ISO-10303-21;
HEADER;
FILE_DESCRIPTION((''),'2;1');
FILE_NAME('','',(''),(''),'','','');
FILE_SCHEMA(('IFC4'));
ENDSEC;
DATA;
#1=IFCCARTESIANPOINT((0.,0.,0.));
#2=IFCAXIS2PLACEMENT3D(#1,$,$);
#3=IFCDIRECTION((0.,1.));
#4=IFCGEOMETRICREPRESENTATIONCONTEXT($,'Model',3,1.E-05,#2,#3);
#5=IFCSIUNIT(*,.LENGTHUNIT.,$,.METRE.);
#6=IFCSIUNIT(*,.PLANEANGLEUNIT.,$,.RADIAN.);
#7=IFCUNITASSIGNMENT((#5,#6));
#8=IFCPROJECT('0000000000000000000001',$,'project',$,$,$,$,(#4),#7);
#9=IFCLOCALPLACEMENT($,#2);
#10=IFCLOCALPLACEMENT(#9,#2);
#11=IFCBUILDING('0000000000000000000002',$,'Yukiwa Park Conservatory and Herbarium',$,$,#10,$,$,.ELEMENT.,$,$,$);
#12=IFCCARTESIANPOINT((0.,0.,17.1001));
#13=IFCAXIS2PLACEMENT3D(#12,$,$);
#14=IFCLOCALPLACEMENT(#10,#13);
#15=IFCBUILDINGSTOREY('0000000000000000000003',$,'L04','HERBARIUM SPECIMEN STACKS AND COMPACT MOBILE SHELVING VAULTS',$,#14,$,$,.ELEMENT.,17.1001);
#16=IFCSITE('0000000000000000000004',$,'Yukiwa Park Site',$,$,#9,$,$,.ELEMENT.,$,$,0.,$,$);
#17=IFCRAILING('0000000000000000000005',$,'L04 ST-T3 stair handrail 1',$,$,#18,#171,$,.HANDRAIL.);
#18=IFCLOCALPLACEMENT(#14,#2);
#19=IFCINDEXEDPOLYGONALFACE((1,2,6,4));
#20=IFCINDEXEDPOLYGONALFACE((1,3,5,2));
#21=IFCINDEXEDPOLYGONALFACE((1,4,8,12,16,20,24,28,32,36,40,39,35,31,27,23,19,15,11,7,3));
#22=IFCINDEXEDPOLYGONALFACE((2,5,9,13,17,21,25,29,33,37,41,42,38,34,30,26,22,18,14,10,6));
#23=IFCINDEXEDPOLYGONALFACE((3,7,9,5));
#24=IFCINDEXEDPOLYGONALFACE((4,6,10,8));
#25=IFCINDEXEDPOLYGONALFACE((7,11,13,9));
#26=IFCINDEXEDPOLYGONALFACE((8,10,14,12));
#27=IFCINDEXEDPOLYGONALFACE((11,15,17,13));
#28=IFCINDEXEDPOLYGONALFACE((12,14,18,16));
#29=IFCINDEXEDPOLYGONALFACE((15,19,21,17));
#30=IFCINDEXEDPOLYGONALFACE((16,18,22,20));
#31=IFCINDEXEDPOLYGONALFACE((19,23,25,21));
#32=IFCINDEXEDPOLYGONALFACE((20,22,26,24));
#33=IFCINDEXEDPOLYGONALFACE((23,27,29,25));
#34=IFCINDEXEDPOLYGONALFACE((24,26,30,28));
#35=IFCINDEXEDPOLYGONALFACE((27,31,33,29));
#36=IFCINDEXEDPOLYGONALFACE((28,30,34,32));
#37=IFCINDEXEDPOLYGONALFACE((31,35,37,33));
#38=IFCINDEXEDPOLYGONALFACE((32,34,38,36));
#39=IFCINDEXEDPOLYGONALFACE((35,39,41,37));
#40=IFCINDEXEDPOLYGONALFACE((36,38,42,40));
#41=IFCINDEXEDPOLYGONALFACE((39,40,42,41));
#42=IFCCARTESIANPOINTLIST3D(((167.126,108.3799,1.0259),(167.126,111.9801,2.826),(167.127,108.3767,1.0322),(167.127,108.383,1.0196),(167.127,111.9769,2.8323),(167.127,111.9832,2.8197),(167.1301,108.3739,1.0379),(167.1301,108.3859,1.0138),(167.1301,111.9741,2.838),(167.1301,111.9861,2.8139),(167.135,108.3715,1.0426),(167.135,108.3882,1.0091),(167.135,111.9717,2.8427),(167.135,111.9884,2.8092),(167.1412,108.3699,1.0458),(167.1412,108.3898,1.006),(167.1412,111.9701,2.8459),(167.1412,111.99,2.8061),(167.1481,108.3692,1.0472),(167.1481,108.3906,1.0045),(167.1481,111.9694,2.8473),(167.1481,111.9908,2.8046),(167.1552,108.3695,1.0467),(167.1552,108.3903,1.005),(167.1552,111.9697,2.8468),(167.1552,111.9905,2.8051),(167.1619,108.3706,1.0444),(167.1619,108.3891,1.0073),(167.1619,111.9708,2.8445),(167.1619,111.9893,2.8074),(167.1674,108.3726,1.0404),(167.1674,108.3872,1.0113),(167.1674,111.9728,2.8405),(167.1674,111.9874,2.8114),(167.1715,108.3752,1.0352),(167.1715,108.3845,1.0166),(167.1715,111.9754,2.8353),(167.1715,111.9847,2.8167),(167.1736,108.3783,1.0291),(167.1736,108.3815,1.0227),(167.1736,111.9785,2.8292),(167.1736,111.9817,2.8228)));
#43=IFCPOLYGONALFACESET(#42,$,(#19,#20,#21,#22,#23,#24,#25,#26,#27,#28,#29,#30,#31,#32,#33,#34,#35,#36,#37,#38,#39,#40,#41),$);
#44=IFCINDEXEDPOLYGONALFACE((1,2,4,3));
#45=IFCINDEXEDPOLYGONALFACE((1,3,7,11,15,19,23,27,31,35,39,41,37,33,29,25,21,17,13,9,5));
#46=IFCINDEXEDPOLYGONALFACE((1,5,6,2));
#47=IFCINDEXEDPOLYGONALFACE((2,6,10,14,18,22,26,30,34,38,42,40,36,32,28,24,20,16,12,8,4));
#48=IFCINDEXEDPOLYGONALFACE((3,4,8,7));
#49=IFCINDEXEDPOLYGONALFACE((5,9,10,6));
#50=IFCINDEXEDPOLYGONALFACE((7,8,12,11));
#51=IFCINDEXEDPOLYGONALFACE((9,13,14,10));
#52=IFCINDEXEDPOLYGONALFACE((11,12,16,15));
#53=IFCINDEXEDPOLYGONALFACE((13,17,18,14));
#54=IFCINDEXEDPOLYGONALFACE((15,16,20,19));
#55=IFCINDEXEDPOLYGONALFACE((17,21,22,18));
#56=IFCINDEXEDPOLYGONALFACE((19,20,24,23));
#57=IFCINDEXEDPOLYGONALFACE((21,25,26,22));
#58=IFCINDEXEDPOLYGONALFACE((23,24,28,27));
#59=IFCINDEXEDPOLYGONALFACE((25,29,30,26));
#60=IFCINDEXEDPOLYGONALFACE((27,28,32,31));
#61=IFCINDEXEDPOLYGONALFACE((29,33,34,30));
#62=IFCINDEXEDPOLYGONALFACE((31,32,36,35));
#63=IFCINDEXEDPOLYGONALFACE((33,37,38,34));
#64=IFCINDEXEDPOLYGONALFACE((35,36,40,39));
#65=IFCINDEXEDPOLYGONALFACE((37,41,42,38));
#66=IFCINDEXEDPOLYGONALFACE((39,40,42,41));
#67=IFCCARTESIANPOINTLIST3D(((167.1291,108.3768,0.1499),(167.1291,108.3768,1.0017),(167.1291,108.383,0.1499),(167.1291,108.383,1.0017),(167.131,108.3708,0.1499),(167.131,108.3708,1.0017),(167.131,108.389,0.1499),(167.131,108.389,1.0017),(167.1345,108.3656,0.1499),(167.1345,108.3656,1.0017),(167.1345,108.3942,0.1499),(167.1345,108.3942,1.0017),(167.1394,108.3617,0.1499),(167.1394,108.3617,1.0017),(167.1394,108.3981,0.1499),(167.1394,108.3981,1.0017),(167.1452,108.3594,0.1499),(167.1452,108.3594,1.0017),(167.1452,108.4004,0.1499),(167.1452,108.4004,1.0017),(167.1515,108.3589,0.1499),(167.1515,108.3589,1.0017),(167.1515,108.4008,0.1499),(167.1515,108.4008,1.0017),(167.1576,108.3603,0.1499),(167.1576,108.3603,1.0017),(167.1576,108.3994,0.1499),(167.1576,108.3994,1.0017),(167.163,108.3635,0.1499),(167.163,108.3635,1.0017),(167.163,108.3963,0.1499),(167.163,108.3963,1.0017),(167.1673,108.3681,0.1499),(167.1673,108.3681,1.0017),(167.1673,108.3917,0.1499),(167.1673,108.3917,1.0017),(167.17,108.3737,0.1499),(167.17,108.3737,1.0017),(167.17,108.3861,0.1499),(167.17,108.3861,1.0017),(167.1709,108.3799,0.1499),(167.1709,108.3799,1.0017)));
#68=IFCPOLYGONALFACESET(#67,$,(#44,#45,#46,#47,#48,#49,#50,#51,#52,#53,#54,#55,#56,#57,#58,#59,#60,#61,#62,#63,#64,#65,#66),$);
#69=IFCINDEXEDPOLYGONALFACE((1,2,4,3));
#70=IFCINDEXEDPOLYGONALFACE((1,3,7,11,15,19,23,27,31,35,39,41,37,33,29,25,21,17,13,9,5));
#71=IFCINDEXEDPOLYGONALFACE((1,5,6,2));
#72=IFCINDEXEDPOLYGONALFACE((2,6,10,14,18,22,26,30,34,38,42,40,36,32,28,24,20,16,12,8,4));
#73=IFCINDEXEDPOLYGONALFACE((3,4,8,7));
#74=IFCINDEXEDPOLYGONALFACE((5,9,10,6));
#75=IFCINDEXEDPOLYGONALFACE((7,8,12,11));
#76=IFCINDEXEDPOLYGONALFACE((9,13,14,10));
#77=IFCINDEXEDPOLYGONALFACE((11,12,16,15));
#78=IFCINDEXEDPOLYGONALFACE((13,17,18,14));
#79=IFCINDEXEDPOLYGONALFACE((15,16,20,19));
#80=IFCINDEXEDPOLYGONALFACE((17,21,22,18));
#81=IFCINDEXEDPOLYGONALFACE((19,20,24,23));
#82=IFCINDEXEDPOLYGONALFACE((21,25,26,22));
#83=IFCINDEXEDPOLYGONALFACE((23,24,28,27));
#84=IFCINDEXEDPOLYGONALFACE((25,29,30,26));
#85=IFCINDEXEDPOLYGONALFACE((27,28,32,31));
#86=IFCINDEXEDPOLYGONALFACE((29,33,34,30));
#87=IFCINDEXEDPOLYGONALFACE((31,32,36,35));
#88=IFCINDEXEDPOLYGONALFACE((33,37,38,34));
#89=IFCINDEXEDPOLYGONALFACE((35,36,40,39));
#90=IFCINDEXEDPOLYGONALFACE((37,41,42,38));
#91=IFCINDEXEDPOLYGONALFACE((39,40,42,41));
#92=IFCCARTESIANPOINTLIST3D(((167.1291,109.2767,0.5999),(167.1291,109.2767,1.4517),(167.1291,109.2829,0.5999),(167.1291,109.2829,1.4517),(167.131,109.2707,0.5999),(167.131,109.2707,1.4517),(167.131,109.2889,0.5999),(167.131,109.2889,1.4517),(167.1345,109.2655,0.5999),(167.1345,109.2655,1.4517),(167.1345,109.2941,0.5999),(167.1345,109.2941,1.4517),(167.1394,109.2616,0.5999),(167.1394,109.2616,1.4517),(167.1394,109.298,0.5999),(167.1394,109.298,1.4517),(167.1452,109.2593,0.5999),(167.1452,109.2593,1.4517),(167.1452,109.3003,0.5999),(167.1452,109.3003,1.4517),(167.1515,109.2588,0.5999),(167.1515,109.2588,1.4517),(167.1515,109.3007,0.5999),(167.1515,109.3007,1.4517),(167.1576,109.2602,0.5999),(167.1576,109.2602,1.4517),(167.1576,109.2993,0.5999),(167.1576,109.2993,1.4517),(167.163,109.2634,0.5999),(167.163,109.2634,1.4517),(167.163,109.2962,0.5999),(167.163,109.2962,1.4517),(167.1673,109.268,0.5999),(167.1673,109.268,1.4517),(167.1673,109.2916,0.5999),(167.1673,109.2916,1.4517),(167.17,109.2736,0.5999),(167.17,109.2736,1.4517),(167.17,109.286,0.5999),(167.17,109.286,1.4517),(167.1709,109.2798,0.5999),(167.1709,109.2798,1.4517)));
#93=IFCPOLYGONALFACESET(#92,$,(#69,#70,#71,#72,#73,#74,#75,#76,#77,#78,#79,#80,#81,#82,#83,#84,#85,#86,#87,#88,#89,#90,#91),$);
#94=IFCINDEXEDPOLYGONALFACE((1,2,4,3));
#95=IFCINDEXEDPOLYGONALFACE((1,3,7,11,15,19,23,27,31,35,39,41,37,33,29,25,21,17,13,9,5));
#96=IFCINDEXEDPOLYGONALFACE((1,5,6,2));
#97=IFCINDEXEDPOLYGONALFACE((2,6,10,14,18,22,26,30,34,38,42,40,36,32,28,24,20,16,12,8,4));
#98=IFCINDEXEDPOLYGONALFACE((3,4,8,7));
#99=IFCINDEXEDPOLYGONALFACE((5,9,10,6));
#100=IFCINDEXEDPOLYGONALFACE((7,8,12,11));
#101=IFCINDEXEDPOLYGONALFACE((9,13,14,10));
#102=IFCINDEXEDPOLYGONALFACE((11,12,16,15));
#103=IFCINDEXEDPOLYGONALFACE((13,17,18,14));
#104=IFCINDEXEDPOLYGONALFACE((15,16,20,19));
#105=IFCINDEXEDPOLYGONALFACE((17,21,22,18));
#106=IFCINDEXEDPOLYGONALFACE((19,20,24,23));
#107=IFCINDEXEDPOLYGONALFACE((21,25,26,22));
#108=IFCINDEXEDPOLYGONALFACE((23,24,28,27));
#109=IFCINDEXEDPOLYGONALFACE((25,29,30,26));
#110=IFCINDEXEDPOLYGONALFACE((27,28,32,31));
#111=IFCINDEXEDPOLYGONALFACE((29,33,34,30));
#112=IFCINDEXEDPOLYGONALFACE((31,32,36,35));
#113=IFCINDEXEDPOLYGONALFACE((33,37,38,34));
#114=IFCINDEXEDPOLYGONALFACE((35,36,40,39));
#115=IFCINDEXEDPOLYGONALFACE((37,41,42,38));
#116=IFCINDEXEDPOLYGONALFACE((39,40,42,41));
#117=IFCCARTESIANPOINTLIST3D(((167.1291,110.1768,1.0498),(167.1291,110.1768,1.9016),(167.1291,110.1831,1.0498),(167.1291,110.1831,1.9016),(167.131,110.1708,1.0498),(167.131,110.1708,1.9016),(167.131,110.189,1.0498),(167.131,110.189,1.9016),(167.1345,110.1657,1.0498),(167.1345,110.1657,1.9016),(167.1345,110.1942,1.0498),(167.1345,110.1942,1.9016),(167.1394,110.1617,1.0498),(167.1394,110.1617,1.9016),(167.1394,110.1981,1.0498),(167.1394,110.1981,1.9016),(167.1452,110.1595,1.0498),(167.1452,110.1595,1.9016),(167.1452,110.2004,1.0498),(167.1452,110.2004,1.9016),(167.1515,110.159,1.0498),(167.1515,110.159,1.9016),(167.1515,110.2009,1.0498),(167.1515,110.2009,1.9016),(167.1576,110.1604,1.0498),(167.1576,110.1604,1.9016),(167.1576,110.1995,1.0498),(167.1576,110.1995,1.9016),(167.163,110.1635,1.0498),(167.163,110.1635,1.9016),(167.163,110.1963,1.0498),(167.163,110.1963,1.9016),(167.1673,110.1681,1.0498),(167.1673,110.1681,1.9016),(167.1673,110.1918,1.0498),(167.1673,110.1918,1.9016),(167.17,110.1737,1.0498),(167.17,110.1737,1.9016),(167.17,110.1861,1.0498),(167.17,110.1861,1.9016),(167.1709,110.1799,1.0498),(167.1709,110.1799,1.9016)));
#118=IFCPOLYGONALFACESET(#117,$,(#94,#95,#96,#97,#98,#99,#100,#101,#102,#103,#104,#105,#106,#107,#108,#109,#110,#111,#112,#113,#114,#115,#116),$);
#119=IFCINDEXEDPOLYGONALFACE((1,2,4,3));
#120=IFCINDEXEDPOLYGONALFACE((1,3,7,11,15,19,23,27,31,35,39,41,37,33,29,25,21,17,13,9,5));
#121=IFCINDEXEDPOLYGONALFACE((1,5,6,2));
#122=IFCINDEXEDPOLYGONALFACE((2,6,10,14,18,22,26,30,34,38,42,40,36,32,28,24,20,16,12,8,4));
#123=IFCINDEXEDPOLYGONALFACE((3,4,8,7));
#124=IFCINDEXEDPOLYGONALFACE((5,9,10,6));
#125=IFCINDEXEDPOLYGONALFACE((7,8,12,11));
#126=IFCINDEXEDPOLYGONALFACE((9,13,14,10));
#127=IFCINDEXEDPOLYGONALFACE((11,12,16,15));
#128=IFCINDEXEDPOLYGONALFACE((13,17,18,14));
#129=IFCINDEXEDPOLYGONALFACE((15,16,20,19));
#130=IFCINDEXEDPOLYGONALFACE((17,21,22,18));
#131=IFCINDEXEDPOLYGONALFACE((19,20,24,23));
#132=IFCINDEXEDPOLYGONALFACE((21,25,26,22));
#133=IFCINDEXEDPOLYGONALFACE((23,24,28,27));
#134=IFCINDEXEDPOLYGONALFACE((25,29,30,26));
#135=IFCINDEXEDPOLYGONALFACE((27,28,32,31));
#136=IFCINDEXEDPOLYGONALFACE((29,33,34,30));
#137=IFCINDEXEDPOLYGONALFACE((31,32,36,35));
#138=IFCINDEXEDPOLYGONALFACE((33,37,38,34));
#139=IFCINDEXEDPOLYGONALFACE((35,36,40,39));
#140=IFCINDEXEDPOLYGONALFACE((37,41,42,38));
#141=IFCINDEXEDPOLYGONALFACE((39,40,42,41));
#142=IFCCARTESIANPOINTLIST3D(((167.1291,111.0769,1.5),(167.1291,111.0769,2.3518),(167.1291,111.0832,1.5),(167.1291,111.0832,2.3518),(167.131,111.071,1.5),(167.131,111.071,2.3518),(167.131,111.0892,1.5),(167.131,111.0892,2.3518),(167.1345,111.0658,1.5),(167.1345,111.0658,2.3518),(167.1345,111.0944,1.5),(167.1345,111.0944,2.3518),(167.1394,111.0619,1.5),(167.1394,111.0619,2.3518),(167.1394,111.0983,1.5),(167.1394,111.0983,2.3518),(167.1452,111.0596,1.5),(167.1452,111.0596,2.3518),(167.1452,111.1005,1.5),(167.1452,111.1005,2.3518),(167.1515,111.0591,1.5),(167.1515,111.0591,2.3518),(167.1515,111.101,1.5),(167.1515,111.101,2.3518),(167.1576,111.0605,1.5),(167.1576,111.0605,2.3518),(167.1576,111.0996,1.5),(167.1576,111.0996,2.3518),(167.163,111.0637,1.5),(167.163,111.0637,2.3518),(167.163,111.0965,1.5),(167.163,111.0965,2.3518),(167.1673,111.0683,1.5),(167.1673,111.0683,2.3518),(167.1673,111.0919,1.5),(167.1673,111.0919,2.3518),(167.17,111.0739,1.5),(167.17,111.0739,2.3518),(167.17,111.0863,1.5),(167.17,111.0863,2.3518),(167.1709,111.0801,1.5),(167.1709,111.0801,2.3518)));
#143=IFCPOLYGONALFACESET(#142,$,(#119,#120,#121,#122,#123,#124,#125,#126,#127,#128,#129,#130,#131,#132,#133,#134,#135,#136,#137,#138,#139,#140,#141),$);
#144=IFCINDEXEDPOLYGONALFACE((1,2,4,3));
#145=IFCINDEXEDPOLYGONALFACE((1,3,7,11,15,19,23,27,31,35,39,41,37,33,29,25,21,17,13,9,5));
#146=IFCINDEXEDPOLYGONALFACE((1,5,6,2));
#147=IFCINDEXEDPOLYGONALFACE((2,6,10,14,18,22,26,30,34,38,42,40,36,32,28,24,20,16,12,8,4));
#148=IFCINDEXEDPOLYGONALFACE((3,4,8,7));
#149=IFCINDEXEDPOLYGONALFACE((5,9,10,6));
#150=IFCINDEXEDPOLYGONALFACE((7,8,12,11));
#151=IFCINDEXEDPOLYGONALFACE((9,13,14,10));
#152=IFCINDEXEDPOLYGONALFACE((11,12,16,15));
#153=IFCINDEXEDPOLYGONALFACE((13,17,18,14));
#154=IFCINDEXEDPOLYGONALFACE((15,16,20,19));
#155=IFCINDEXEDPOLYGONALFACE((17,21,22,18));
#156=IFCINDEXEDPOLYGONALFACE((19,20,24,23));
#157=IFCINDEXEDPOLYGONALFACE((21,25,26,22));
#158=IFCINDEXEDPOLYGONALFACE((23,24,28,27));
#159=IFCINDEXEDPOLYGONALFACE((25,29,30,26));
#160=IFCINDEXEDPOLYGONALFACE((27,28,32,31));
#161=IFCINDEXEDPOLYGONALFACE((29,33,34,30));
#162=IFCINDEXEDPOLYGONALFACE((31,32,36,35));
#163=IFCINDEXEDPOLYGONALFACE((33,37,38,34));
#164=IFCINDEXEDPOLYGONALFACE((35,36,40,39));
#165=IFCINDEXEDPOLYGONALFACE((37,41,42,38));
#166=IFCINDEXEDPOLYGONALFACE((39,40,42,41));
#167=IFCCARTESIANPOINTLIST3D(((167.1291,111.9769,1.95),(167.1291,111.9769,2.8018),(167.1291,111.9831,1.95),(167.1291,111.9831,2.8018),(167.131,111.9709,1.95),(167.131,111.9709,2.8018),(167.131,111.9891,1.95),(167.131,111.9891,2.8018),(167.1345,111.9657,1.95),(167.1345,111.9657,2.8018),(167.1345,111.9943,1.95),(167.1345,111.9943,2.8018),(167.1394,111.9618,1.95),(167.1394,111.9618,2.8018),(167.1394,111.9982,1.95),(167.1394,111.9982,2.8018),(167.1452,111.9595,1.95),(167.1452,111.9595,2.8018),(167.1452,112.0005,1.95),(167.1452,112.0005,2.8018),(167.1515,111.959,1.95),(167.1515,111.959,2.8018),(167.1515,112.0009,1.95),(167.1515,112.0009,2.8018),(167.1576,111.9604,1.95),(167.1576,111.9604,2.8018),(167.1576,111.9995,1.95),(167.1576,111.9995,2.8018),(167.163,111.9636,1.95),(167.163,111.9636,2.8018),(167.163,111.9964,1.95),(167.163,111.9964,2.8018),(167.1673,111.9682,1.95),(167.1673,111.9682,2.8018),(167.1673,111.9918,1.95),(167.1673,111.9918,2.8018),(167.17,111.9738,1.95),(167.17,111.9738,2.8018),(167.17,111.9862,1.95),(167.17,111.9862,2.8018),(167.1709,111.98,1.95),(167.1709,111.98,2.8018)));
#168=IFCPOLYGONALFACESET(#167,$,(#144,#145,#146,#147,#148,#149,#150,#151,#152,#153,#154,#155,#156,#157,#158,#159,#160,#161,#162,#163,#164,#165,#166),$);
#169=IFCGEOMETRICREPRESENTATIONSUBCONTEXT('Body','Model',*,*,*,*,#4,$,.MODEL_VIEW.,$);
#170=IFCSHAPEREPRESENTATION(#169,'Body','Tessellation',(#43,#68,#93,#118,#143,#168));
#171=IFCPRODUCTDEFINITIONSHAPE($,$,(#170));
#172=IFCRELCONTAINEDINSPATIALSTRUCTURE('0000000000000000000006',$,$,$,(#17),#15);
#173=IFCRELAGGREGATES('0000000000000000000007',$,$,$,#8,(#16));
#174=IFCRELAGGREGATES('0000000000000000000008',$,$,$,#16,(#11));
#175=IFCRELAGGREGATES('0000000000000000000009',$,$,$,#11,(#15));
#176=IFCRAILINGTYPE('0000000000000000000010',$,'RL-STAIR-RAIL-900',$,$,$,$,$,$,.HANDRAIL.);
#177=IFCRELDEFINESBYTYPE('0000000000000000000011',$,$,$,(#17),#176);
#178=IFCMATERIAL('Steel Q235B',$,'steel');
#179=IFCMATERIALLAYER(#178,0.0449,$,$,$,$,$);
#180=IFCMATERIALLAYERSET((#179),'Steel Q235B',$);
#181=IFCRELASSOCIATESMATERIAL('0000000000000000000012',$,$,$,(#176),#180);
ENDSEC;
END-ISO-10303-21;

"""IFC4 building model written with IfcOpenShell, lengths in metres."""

from ifc_helpers import new_model, si_unit, direction, frame, origin, origin_2d, place, context, subcontext, project, spatial, circle, extrude, material, layer, layer_set, type_object, element, save


model = new_model("IFC4")

# Units and contexts
model_context = context("Model", 3, precision=1e-05, world=origin(), true_north=direction((0.0, 1.0)))
body_context = subcontext(model_context, "Body", "Model", "MODEL_VIEW")
ifc_project = project(units=[si_unit("LENGTHUNIT", "METRE"), si_unit("PLANEANGLEUNIT", "RADIAN")], contexts=[model_context])

# Site, building, storey
site_placement = place(None, origin())
site = spatial("IfcSite", under=ifc_project, at=site_placement, Name="Yukiwa Park Site", CompositionType="ELEMENT", RefElevation=0.0)
building_placement = place(site_placement, origin())
building = spatial("IfcBuilding", under=site, at=building_placement, Name="Yukiwa Park Conservatory and Herbarium", CompositionType="ELEMENT")
storey_placement = place(building_placement, frame((0.0, 0.0, 17.1001)))
storey = spatial("IfcBuildingStorey", under=building, at=storey_placement, Name="L04", Description="HERBARIUM SPECIMEN STACKS AND COMPACT MOBILE SHELVING VAULTS", CompositionType="ELEMENT", Elevation=17.1001)

# Railing
ifc_material_1 = material(Name="Steel Q235B", Category="steel")
ifc_layer_1 = layer(ifc_material_1, 0.0449)
ifc_layer_set_1 = layer_set([ifc_layer_1], Name="Steel Q235B")
railing_type_1 = type_object("IfcRailingType", Name="RL-STAIR-RAIL-900", PredefinedType="HANDRAIL", material=ifc_layer_set_1)
railing_1_placement = place(storey_placement, frame((167.1499, 108.3799, 0.1499)))
element("IfcRailing", 1, at=railing_1_placement, inside=storey, type_object=railing_type_1, Name="L04 ST-T3 stair handrail 1", PredefinedType="HANDRAIL", context=body_context, shape_type="SweptSolid", body=[
    extrude(circle(Radius=0.0239, at=origin_2d()), frame((0.0, 0.0, 0.876), z_axis=(0.0, 0.894427, 0.447214), x_axis=(-1.0, 0.0, 0.0)), (0.0, 0.0, 1.0), 4.0251),
    extrude(circle(Radius=0.021, at=origin_2d()), origin(), (0.0, 0.0, 1.0), 0.8518),
    extrude(circle(Radius=0.021, at=origin_2d()), frame((0.0, 0.8999, 0.45)), (0.0, 0.0, 1.0), 0.8518),
    extrude(circle(Radius=0.021, at=origin_2d()), frame((0.0, 1.8, 0.8999)), (0.0, 0.0, 1.0), 0.8518),
    extrude(circle(Radius=0.021, at=origin_2d()), frame((0.0, 2.7002, 1.3501)), (0.0, 0.0, 1.0), 0.8518),
    extrude(circle(Radius=0.021, at=origin_2d()), frame((0.0, 3.6001, 1.8)), (0.0, 0.0, 1.0), 0.8518),
])

save(model, "model.ifc")
